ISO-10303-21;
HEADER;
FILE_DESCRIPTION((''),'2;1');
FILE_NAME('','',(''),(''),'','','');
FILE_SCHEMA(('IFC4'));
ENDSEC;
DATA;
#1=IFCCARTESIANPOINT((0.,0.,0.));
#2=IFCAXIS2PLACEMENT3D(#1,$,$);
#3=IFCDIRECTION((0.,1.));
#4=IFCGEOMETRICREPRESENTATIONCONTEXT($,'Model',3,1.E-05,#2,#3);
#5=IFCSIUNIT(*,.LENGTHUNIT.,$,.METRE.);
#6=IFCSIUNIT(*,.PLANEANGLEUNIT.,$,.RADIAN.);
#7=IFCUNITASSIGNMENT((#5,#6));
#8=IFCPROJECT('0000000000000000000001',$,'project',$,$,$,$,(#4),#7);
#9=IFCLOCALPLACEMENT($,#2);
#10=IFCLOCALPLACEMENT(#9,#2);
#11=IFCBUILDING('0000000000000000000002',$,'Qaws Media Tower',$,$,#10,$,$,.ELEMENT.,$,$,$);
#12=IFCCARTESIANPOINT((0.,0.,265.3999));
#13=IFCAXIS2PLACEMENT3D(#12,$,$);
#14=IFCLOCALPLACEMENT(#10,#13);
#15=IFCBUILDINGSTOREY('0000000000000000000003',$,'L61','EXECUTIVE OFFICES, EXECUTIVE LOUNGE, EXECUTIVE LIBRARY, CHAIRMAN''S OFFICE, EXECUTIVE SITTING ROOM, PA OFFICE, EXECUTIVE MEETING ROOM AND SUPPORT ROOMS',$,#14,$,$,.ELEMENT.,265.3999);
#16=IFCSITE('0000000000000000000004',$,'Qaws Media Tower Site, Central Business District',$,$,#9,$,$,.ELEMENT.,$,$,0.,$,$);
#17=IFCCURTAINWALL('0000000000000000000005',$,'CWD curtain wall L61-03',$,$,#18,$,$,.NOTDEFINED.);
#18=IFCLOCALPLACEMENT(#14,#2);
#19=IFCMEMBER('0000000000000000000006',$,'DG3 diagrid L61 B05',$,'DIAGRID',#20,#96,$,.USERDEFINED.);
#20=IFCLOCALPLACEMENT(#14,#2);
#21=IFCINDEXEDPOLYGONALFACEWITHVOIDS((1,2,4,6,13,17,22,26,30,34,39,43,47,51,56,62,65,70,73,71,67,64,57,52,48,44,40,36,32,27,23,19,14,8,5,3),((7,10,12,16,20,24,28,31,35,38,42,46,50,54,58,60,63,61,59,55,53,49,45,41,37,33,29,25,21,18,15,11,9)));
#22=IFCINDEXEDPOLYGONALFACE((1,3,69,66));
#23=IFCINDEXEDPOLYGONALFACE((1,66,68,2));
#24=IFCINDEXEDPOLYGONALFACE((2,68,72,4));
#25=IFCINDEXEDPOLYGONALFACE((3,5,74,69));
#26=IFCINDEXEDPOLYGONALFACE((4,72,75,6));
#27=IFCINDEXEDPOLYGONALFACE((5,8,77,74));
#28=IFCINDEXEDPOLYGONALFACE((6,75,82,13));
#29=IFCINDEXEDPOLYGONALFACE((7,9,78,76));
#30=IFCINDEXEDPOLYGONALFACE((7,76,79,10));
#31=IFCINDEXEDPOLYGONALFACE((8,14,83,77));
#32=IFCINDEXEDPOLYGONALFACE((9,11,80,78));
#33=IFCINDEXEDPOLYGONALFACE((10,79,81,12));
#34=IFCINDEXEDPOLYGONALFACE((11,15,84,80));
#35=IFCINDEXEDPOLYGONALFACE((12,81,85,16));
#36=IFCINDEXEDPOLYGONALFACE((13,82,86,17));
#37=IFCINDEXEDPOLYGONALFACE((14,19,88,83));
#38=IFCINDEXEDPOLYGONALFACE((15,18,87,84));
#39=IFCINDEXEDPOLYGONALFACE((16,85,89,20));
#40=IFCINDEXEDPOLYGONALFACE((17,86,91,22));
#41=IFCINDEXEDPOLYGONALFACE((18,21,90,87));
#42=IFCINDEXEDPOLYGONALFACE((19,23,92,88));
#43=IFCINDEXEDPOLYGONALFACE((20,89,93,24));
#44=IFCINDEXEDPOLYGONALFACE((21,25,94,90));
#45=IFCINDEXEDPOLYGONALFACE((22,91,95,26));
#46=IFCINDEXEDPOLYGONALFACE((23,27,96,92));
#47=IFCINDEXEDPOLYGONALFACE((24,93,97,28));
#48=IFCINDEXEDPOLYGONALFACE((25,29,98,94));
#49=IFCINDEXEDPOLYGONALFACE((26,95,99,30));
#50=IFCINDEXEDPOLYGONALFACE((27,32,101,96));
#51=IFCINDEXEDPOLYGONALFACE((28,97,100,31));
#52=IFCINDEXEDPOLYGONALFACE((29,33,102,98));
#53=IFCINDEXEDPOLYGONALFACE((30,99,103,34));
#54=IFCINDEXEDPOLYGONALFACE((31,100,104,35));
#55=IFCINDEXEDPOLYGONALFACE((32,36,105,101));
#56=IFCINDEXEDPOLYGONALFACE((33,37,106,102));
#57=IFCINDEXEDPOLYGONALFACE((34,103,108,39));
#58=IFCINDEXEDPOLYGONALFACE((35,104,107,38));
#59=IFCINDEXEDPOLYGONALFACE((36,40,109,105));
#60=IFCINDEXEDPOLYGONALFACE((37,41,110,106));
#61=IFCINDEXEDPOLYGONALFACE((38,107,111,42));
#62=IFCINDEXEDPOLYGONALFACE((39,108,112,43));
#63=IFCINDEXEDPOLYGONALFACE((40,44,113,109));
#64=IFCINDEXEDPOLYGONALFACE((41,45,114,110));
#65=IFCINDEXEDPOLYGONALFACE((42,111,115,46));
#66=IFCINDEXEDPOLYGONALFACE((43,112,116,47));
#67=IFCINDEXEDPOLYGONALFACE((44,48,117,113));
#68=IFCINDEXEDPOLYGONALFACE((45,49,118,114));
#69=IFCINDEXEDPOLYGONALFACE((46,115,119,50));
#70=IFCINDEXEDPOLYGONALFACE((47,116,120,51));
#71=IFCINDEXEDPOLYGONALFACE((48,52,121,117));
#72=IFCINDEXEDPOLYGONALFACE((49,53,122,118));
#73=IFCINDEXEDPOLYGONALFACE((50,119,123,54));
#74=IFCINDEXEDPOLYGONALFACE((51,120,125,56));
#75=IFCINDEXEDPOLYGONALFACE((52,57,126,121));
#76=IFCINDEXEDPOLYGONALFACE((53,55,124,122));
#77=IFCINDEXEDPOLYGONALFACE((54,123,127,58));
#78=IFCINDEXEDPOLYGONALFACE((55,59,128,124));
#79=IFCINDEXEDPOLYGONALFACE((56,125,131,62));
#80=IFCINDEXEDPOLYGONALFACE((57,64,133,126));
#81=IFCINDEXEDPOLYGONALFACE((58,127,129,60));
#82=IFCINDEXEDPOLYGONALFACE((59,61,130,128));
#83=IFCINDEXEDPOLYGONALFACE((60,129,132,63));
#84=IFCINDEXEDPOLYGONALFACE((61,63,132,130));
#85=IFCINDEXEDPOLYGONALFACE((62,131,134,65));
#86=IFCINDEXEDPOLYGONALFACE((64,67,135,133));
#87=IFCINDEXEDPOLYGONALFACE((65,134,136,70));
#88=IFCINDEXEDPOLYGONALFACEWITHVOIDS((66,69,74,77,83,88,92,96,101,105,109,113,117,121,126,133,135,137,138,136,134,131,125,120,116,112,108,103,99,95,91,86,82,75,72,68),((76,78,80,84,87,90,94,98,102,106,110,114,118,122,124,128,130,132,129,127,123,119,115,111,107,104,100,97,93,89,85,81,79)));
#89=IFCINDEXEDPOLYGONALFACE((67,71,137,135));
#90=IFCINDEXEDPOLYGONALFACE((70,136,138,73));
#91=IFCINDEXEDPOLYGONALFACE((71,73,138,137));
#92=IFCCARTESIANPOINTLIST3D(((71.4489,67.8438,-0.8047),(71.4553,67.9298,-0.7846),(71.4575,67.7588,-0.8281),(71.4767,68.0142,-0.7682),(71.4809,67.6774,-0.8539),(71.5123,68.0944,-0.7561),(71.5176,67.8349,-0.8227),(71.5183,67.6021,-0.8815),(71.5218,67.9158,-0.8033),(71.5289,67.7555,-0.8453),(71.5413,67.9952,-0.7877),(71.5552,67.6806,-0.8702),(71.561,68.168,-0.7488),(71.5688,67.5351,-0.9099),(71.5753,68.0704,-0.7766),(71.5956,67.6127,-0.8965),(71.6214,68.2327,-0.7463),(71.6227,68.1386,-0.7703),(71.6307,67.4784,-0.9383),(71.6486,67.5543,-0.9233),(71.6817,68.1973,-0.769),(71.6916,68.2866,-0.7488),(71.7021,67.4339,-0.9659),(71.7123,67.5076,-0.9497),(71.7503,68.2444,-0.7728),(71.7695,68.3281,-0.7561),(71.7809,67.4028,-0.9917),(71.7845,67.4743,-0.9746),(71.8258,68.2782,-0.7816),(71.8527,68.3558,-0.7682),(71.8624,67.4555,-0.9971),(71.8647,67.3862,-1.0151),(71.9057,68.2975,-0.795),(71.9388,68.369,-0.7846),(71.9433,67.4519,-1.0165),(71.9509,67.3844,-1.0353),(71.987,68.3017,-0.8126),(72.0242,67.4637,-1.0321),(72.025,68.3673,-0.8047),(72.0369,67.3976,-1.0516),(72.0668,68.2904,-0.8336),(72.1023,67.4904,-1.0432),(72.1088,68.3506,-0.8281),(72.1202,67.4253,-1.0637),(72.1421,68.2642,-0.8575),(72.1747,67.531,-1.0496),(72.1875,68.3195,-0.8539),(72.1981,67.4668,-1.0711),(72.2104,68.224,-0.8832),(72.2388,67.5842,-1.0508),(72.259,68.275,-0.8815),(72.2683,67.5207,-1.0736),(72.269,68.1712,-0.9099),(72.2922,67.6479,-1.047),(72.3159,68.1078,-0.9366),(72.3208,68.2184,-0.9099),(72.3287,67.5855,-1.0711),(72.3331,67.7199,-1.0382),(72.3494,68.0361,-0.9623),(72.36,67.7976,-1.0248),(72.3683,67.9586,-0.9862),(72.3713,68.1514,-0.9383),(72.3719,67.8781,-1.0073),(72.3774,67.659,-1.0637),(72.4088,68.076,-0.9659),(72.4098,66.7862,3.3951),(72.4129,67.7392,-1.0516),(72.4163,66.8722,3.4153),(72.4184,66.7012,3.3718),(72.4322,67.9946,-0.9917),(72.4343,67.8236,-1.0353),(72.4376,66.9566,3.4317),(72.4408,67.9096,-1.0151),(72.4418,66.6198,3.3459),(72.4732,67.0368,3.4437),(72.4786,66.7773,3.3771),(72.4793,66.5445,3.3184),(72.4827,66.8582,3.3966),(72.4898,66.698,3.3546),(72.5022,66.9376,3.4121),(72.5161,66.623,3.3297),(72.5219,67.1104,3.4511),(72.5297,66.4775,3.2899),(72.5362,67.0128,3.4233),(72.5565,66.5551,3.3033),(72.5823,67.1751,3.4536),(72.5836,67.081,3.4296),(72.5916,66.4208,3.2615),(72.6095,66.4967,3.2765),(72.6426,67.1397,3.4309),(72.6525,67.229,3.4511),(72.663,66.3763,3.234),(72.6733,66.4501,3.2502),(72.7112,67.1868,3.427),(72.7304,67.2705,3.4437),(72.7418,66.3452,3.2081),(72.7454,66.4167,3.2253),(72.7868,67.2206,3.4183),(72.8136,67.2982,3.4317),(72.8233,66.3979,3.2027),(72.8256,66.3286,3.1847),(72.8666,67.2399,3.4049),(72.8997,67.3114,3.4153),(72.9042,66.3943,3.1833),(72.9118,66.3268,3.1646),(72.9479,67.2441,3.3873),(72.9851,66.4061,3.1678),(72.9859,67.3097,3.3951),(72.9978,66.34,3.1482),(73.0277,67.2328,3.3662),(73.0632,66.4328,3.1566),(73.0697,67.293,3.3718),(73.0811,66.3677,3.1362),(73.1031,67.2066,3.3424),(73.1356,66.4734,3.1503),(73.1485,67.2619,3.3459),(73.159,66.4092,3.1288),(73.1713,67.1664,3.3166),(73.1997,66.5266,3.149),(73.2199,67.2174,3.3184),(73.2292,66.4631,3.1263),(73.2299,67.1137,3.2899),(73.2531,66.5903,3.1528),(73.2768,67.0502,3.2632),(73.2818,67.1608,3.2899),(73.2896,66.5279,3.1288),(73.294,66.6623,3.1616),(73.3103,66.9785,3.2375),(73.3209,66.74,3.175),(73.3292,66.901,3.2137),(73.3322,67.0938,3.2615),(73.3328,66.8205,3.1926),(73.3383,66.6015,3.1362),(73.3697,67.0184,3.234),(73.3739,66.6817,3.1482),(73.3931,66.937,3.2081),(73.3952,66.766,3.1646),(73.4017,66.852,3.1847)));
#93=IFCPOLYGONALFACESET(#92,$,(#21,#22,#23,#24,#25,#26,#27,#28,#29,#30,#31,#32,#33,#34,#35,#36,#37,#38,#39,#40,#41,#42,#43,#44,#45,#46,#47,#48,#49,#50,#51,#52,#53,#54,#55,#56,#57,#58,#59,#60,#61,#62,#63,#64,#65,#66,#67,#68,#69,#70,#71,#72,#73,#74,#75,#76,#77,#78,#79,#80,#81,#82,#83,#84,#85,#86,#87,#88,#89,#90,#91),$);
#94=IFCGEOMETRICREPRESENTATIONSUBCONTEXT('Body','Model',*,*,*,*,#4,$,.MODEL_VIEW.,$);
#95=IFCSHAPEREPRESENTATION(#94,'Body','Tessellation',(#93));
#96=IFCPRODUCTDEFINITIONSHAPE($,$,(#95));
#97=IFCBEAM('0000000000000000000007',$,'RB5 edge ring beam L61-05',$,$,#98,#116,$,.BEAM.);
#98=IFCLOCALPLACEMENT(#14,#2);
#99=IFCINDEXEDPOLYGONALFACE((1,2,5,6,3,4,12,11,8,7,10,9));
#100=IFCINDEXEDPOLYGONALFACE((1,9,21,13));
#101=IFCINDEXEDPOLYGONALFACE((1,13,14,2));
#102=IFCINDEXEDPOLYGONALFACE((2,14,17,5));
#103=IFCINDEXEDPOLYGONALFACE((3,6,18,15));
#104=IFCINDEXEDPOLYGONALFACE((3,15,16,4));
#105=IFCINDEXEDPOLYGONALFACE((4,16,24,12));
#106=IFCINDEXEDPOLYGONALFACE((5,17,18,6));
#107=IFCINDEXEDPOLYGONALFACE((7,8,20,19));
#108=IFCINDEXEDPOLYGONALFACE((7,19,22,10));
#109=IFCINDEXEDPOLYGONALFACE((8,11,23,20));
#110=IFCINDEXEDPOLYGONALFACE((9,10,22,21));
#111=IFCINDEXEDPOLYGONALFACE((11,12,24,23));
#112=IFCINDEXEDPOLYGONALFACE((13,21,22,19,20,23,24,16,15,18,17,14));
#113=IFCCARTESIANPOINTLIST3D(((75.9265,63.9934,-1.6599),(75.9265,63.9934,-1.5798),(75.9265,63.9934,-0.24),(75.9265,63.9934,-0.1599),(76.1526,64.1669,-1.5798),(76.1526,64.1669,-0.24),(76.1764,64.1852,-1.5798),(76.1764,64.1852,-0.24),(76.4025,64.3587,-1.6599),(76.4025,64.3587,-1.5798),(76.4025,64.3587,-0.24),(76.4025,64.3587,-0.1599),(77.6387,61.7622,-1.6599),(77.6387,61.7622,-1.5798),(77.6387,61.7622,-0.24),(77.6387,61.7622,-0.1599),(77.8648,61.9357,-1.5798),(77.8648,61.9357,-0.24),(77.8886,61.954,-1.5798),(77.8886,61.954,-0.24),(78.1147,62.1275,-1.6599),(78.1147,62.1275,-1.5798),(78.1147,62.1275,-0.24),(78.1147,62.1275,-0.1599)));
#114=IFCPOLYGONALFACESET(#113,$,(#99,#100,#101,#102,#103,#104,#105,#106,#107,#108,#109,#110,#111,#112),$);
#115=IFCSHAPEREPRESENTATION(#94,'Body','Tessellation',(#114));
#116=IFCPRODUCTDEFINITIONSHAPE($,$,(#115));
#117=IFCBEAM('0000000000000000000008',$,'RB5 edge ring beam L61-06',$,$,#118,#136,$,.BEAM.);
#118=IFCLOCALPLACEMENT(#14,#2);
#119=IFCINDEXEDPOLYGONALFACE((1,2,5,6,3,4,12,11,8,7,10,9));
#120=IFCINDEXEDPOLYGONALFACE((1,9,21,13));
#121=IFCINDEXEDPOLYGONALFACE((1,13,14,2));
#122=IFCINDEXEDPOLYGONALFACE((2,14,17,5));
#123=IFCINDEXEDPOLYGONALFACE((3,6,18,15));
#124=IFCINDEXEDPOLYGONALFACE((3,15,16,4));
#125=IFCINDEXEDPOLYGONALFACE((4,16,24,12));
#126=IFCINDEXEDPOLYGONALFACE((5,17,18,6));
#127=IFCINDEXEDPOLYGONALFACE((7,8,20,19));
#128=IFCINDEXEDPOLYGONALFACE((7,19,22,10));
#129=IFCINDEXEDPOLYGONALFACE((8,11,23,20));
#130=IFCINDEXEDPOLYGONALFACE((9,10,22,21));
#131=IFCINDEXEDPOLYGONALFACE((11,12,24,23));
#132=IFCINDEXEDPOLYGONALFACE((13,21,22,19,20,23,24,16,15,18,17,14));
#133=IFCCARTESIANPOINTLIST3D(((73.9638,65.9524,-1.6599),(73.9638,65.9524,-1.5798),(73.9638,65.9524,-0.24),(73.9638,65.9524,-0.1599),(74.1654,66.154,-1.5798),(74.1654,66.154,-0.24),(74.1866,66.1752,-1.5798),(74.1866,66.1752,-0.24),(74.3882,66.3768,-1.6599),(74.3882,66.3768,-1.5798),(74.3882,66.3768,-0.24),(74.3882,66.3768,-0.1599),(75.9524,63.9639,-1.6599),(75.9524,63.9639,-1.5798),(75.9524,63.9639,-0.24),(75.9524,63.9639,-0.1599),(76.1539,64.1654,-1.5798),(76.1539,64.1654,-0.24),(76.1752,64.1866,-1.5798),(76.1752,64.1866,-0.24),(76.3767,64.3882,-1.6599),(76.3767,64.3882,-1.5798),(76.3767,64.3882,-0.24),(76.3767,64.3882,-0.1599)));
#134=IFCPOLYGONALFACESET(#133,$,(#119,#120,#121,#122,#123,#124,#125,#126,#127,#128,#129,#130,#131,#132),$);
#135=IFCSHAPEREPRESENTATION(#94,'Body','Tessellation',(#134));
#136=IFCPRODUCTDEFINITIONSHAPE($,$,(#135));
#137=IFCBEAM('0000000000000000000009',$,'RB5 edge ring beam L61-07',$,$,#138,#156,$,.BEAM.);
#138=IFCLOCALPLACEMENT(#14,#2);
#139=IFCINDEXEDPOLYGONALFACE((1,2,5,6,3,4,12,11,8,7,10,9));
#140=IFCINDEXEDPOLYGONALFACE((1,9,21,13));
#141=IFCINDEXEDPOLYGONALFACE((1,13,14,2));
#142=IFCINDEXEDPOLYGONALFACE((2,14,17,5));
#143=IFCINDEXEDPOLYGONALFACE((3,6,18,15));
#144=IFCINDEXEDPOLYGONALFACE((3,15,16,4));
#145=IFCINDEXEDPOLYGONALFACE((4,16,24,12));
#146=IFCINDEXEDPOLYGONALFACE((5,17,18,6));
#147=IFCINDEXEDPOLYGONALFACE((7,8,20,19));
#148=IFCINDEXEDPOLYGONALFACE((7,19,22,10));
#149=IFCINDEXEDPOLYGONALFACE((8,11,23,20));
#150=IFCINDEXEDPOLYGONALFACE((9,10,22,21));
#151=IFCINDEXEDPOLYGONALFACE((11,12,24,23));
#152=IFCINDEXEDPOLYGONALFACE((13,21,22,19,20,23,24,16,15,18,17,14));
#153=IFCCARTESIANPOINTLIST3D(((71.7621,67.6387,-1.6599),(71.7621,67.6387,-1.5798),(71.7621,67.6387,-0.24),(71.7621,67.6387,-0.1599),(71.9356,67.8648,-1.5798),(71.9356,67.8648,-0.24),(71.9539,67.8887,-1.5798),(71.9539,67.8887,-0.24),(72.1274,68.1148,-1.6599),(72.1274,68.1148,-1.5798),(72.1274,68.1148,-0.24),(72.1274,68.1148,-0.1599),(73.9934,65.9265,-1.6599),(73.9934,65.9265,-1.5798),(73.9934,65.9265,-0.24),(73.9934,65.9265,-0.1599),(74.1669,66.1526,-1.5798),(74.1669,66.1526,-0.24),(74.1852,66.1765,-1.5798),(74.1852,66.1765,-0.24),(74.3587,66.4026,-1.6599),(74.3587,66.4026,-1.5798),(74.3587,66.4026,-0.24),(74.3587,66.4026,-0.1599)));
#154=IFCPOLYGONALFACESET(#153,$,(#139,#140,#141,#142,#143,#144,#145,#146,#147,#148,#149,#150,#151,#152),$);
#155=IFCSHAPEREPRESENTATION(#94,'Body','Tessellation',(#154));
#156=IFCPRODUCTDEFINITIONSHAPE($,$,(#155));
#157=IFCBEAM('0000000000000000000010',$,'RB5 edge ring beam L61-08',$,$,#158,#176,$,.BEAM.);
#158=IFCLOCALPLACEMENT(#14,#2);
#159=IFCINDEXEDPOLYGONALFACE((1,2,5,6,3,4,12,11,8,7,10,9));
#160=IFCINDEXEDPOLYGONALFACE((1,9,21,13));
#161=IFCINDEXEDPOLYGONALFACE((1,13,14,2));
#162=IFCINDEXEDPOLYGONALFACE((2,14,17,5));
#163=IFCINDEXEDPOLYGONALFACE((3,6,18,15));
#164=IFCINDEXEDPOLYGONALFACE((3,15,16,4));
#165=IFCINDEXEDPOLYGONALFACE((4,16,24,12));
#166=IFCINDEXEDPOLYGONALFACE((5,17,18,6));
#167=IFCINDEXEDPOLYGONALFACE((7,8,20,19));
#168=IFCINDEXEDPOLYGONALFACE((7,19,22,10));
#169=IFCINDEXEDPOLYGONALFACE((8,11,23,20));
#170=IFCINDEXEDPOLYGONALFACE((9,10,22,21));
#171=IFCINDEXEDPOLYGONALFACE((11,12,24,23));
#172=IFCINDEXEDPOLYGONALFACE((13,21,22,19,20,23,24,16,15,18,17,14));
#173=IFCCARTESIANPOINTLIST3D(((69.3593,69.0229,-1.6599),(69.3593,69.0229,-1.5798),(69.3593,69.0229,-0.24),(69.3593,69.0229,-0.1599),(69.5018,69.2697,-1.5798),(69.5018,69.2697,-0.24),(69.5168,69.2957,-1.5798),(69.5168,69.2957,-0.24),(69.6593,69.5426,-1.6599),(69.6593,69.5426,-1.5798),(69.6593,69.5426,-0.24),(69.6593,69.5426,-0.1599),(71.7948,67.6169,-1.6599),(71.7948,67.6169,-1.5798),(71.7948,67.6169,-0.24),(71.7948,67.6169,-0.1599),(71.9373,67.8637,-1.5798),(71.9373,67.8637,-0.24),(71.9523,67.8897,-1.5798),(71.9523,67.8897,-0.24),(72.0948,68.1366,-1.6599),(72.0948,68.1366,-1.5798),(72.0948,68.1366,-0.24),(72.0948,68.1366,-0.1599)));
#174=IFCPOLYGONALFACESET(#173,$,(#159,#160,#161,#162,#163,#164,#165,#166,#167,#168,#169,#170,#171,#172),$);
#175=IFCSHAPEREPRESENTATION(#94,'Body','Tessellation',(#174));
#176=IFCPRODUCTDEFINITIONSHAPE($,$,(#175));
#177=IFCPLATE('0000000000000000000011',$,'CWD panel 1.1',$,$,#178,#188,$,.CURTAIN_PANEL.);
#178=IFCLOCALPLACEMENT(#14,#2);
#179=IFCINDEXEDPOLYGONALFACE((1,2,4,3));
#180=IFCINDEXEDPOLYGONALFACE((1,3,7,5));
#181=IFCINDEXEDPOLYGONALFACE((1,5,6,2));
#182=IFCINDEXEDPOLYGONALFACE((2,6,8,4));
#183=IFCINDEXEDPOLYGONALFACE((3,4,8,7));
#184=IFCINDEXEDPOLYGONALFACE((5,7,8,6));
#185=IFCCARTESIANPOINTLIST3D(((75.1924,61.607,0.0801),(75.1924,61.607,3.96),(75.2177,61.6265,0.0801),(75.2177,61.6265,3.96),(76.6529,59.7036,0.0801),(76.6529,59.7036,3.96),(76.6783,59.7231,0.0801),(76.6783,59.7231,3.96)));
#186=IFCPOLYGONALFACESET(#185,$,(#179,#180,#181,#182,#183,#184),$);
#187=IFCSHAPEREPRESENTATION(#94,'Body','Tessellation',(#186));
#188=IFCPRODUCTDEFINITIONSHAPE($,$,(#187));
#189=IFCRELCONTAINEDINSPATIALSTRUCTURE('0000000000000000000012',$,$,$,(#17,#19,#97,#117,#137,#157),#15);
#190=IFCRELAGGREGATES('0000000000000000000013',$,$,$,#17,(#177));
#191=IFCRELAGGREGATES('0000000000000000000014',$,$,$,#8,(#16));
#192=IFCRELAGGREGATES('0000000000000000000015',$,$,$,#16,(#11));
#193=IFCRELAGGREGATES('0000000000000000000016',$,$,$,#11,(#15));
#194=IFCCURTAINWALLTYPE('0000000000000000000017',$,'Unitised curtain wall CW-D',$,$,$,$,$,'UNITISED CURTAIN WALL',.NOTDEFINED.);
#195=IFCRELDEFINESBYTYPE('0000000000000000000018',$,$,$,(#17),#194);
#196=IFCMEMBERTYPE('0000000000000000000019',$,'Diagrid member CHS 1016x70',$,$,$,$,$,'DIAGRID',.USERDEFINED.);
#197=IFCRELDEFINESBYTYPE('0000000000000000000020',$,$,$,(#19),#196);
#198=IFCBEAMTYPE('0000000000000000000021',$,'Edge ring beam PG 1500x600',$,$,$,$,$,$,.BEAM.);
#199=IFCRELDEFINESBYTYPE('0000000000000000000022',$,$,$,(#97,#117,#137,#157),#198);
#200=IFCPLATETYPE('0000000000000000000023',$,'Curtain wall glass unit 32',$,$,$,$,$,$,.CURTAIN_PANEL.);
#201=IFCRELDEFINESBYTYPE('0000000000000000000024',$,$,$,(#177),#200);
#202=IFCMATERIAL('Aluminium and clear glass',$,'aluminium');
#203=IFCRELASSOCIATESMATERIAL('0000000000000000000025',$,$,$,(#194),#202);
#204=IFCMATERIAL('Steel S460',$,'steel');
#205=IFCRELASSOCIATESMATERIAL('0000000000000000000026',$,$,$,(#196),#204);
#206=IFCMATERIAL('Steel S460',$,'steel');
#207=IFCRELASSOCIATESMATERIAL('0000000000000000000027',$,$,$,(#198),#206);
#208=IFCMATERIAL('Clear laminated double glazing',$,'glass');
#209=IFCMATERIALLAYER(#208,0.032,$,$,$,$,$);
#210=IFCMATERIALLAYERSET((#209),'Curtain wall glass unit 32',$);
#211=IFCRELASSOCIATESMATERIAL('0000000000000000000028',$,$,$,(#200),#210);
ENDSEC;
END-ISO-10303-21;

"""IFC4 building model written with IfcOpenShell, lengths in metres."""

from ifc_helpers import new_model, si_unit, direction, frame, origin, origin_2d, place, context, subcontext, project, spatial, rectangle, hollow_circle, i_section, extrude, material, layer, layer_set, material_profile, profile_set, type_object, element, aggregate, save


model = new_model("IFC4")

# Units and contexts
model_context = context("Model", 3, precision=1e-05, world=origin(), true_north=direction((0.0, 1.0)))
body_context = subcontext(model_context, "Body", "Model", "MODEL_VIEW")
ifc_project = project(units=[si_unit("LENGTHUNIT", "METRE"), si_unit("PLANEANGLEUNIT", "RADIAN")], contexts=[model_context])

# Site, building, storey
site_placement = place(None, origin())
site = spatial("IfcSite", under=ifc_project, at=site_placement, Name="Qaws Media Tower Site, Central Business District", CompositionType="ELEMENT", RefElevation=0.0)
building_placement = place(site_placement, origin())
building = spatial("IfcBuilding", under=site, at=building_placement, Name="Qaws Media Tower", CompositionType="ELEMENT")
storey_placement = place(building_placement, frame((0.0, 0.0, 265.3999)))
storey = spatial("IfcBuildingStorey", under=building, at=storey_placement, Name="L61", Description="EXECUTIVE OFFICES, EXECUTIVE LOUNGE, EXECUTIVE LIBRARY, CHAIRMAN'S OFFICE, EXECUTIVE SITTING ROOM, PA OFFICE, EXECUTIVE MEETING ROOM AND SUPPORT ROOMS", CompositionType="ELEMENT", Elevation=265.3999)

# Curtain wall
ifc_material_1 = material(Name="Aluminium and clear glass", Category="aluminium")
curtain_wall_type = type_object("IfcCurtainWallType", Name="Unitised curtain wall CW-D", ElementType="UNITISED CURTAIN WALL", PredefinedType="NOTDEFINED", material=ifc_material_1)
curtain_wall_1_placement = place(storey_placement, origin())
curtain_wall_1 = element("IfcCurtainWall", 1, at=curtain_wall_1_placement, inside=storey, type_object=curtain_wall_type, Name="CWD curtain wall L61-03", PredefinedType="NOTDEFINED")

# Member
ifc_material_2 = material(Name="Steel S460", Category="steel")
ifc_material_profile_1 = material_profile(ifc_material_2, hollow_circle(Radius=0.5081, WallThickness=0.0701, at=origin_2d()), Name="CHS 1016x70")
ifc_profile_set_1 = profile_set([ifc_material_profile_1], Name="Steel S460")
member_type_1 = type_object("IfcMemberType", Name="Diagrid member CHS 1016x70", ElementType="DIAGRID", PredefinedType="USERDEFINED", material=ifc_profile_set_1)
member_1_placement = place(storey_placement, frame((71.9448, 67.8767, -0.9099), z_axis=(0.216604, -0.238396, 0.946705), x_axis=(0.740126, 0.672469, 0.0)))
element("IfcMember", 2, at=member_1_placement, inside=storey, type_object=member_type_1, Name="DG3 diagrid L61 B05", ObjectType="DIAGRID", PredefinedType="USERDEFINED", context=body_context, shape_type="SweptSolid", body=[
    extrude(hollow_circle(Radius=0.5081, WallThickness=0.0701, at=origin_2d()), origin(), (0.0, 0.0, 1.0), 4.4363),
])

# Beams
ifc_material_3 = material(Name="Steel S460", Category="steel")
ifc_material_profile_2 = material_profile(ifc_material_3, i_section(OverallWidth=0.6001, OverallDepth=1.5, WebThickness=0.03, FlangeThickness=0.0801, at=origin_2d()), Name="PG 1500x600")
ifc_profile_set_2 = profile_set([ifc_material_profile_2], Name="Steel S460")
beam_type = type_object("IfcBeamType", Name="Edge ring beam PG 1500x600", PredefinedType="BEAM", material=ifc_profile_set_2)
beam_1_placement = place(storey_placement, frame((77.8767, 61.9448, -0.9099), z_axis=(-0.608783, 0.793337, 0.0), x_axis=(-0.793337, -0.608783, 0.0)))
element("IfcBeam", 3, at=beam_1_placement, inside=storey, type_object=beam_type, Name="RB5 edge ring beam L61-05", PredefinedType="BEAM", context=body_context, shape_type="SweptSolid", body=[
    extrude(i_section(OverallWidth=0.6001, OverallDepth=1.5, WebThickness=0.03, FlangeThickness=0.0801, at=origin_2d()), origin(), (0.0, 0.0, 1.0), 2.8125),
])
beam_2_placement = place(storey_placement, frame((76.1646, 64.176, -0.9099), z_axis=(-0.707107, 0.707107, 0.0), x_axis=(-0.707107, -0.707107, 0.0)))
element("IfcBeam", 4, at=beam_2_placement, inside=storey, type_object=beam_type, Name="RB5 edge ring beam L61-06", PredefinedType="BEAM", context=body_context, shape_type="SweptSolid", body=[
    extrude(i_section(OverallWidth=0.6001, OverallDepth=1.5, WebThickness=0.03, FlangeThickness=0.0801, at=origin_2d()), origin(), (0.0, 0.0, 1.0), 2.8123),
])
beam_3_placement = place(storey_placement, frame((74.176, 66.1646, -0.9099), z_axis=(-0.793337, 0.608783, 0.0), x_axis=(-0.608783, -0.793337, 0.0)))
element("IfcBeam", 5, at=beam_3_placement, inside=storey, type_object=beam_type, Name="RB5 edge ring beam L61-07", PredefinedType="BEAM", context=body_context, shape_type="SweptSolid", body=[
    extrude(i_section(OverallWidth=0.6001, OverallDepth=1.5, WebThickness=0.03, FlangeThickness=0.0801, at=origin_2d()), origin(), (0.0, 0.0, 1.0), 2.8125),
])
beam_4_placement = place(storey_placement, frame((71.9448, 67.8767, -0.9099), z_axis=(-0.86605, 0.499958, 0.0), x_axis=(-0.499958, -0.86605, 0.0)))
element("IfcBeam", 6, at=beam_4_placement, inside=storey, type_object=beam_type, Name="RB5 edge ring beam L61-08", PredefinedType="BEAM", context=body_context, shape_type="SweptSolid", body=[
    extrude(i_section(OverallWidth=0.6001, OverallDepth=1.5, WebThickness=0.03, FlangeThickness=0.0801, at=origin_2d()), origin(), (0.0, 0.0, 1.0), 2.8123),
])

# Plate
ifc_material_4 = material(Name="Clear laminated double glazing", Category="glass")
ifc_layer_1 = layer(ifc_material_4, 0.032)
ifc_layer_set_1 = layer_set([ifc_layer_1], Name="Curtain wall glass unit 32")
plate_type_1 = type_object("IfcPlateType", Name="Curtain wall glass unit 32", PredefinedType="CURTAIN_PANEL", material=ifc_layer_set_1)
plate_1_placement = place(storey_placement, frame((75.9353, 60.665, 0.0801), z_axis=(0.0, 0.0, 1.0), x_axis=(-0.608761, 0.793353, 0.0)))
plate_1 = element("IfcPlate", 7, at=plate_1_placement, type_object=plate_type_1, Name="CWD panel 1.1", PredefinedType="CURTAIN_PANEL", context=body_context, shape_type="SweptSolid", body=[
    extrude(rectangle(XDim=2.3992, YDim=0.032, at=origin_2d()), origin(), (0.0, 0.0, 1.0), 3.8799),
])
aggregate(curtain_wall_1, [plate_1])

save(model, "model.ifc")
